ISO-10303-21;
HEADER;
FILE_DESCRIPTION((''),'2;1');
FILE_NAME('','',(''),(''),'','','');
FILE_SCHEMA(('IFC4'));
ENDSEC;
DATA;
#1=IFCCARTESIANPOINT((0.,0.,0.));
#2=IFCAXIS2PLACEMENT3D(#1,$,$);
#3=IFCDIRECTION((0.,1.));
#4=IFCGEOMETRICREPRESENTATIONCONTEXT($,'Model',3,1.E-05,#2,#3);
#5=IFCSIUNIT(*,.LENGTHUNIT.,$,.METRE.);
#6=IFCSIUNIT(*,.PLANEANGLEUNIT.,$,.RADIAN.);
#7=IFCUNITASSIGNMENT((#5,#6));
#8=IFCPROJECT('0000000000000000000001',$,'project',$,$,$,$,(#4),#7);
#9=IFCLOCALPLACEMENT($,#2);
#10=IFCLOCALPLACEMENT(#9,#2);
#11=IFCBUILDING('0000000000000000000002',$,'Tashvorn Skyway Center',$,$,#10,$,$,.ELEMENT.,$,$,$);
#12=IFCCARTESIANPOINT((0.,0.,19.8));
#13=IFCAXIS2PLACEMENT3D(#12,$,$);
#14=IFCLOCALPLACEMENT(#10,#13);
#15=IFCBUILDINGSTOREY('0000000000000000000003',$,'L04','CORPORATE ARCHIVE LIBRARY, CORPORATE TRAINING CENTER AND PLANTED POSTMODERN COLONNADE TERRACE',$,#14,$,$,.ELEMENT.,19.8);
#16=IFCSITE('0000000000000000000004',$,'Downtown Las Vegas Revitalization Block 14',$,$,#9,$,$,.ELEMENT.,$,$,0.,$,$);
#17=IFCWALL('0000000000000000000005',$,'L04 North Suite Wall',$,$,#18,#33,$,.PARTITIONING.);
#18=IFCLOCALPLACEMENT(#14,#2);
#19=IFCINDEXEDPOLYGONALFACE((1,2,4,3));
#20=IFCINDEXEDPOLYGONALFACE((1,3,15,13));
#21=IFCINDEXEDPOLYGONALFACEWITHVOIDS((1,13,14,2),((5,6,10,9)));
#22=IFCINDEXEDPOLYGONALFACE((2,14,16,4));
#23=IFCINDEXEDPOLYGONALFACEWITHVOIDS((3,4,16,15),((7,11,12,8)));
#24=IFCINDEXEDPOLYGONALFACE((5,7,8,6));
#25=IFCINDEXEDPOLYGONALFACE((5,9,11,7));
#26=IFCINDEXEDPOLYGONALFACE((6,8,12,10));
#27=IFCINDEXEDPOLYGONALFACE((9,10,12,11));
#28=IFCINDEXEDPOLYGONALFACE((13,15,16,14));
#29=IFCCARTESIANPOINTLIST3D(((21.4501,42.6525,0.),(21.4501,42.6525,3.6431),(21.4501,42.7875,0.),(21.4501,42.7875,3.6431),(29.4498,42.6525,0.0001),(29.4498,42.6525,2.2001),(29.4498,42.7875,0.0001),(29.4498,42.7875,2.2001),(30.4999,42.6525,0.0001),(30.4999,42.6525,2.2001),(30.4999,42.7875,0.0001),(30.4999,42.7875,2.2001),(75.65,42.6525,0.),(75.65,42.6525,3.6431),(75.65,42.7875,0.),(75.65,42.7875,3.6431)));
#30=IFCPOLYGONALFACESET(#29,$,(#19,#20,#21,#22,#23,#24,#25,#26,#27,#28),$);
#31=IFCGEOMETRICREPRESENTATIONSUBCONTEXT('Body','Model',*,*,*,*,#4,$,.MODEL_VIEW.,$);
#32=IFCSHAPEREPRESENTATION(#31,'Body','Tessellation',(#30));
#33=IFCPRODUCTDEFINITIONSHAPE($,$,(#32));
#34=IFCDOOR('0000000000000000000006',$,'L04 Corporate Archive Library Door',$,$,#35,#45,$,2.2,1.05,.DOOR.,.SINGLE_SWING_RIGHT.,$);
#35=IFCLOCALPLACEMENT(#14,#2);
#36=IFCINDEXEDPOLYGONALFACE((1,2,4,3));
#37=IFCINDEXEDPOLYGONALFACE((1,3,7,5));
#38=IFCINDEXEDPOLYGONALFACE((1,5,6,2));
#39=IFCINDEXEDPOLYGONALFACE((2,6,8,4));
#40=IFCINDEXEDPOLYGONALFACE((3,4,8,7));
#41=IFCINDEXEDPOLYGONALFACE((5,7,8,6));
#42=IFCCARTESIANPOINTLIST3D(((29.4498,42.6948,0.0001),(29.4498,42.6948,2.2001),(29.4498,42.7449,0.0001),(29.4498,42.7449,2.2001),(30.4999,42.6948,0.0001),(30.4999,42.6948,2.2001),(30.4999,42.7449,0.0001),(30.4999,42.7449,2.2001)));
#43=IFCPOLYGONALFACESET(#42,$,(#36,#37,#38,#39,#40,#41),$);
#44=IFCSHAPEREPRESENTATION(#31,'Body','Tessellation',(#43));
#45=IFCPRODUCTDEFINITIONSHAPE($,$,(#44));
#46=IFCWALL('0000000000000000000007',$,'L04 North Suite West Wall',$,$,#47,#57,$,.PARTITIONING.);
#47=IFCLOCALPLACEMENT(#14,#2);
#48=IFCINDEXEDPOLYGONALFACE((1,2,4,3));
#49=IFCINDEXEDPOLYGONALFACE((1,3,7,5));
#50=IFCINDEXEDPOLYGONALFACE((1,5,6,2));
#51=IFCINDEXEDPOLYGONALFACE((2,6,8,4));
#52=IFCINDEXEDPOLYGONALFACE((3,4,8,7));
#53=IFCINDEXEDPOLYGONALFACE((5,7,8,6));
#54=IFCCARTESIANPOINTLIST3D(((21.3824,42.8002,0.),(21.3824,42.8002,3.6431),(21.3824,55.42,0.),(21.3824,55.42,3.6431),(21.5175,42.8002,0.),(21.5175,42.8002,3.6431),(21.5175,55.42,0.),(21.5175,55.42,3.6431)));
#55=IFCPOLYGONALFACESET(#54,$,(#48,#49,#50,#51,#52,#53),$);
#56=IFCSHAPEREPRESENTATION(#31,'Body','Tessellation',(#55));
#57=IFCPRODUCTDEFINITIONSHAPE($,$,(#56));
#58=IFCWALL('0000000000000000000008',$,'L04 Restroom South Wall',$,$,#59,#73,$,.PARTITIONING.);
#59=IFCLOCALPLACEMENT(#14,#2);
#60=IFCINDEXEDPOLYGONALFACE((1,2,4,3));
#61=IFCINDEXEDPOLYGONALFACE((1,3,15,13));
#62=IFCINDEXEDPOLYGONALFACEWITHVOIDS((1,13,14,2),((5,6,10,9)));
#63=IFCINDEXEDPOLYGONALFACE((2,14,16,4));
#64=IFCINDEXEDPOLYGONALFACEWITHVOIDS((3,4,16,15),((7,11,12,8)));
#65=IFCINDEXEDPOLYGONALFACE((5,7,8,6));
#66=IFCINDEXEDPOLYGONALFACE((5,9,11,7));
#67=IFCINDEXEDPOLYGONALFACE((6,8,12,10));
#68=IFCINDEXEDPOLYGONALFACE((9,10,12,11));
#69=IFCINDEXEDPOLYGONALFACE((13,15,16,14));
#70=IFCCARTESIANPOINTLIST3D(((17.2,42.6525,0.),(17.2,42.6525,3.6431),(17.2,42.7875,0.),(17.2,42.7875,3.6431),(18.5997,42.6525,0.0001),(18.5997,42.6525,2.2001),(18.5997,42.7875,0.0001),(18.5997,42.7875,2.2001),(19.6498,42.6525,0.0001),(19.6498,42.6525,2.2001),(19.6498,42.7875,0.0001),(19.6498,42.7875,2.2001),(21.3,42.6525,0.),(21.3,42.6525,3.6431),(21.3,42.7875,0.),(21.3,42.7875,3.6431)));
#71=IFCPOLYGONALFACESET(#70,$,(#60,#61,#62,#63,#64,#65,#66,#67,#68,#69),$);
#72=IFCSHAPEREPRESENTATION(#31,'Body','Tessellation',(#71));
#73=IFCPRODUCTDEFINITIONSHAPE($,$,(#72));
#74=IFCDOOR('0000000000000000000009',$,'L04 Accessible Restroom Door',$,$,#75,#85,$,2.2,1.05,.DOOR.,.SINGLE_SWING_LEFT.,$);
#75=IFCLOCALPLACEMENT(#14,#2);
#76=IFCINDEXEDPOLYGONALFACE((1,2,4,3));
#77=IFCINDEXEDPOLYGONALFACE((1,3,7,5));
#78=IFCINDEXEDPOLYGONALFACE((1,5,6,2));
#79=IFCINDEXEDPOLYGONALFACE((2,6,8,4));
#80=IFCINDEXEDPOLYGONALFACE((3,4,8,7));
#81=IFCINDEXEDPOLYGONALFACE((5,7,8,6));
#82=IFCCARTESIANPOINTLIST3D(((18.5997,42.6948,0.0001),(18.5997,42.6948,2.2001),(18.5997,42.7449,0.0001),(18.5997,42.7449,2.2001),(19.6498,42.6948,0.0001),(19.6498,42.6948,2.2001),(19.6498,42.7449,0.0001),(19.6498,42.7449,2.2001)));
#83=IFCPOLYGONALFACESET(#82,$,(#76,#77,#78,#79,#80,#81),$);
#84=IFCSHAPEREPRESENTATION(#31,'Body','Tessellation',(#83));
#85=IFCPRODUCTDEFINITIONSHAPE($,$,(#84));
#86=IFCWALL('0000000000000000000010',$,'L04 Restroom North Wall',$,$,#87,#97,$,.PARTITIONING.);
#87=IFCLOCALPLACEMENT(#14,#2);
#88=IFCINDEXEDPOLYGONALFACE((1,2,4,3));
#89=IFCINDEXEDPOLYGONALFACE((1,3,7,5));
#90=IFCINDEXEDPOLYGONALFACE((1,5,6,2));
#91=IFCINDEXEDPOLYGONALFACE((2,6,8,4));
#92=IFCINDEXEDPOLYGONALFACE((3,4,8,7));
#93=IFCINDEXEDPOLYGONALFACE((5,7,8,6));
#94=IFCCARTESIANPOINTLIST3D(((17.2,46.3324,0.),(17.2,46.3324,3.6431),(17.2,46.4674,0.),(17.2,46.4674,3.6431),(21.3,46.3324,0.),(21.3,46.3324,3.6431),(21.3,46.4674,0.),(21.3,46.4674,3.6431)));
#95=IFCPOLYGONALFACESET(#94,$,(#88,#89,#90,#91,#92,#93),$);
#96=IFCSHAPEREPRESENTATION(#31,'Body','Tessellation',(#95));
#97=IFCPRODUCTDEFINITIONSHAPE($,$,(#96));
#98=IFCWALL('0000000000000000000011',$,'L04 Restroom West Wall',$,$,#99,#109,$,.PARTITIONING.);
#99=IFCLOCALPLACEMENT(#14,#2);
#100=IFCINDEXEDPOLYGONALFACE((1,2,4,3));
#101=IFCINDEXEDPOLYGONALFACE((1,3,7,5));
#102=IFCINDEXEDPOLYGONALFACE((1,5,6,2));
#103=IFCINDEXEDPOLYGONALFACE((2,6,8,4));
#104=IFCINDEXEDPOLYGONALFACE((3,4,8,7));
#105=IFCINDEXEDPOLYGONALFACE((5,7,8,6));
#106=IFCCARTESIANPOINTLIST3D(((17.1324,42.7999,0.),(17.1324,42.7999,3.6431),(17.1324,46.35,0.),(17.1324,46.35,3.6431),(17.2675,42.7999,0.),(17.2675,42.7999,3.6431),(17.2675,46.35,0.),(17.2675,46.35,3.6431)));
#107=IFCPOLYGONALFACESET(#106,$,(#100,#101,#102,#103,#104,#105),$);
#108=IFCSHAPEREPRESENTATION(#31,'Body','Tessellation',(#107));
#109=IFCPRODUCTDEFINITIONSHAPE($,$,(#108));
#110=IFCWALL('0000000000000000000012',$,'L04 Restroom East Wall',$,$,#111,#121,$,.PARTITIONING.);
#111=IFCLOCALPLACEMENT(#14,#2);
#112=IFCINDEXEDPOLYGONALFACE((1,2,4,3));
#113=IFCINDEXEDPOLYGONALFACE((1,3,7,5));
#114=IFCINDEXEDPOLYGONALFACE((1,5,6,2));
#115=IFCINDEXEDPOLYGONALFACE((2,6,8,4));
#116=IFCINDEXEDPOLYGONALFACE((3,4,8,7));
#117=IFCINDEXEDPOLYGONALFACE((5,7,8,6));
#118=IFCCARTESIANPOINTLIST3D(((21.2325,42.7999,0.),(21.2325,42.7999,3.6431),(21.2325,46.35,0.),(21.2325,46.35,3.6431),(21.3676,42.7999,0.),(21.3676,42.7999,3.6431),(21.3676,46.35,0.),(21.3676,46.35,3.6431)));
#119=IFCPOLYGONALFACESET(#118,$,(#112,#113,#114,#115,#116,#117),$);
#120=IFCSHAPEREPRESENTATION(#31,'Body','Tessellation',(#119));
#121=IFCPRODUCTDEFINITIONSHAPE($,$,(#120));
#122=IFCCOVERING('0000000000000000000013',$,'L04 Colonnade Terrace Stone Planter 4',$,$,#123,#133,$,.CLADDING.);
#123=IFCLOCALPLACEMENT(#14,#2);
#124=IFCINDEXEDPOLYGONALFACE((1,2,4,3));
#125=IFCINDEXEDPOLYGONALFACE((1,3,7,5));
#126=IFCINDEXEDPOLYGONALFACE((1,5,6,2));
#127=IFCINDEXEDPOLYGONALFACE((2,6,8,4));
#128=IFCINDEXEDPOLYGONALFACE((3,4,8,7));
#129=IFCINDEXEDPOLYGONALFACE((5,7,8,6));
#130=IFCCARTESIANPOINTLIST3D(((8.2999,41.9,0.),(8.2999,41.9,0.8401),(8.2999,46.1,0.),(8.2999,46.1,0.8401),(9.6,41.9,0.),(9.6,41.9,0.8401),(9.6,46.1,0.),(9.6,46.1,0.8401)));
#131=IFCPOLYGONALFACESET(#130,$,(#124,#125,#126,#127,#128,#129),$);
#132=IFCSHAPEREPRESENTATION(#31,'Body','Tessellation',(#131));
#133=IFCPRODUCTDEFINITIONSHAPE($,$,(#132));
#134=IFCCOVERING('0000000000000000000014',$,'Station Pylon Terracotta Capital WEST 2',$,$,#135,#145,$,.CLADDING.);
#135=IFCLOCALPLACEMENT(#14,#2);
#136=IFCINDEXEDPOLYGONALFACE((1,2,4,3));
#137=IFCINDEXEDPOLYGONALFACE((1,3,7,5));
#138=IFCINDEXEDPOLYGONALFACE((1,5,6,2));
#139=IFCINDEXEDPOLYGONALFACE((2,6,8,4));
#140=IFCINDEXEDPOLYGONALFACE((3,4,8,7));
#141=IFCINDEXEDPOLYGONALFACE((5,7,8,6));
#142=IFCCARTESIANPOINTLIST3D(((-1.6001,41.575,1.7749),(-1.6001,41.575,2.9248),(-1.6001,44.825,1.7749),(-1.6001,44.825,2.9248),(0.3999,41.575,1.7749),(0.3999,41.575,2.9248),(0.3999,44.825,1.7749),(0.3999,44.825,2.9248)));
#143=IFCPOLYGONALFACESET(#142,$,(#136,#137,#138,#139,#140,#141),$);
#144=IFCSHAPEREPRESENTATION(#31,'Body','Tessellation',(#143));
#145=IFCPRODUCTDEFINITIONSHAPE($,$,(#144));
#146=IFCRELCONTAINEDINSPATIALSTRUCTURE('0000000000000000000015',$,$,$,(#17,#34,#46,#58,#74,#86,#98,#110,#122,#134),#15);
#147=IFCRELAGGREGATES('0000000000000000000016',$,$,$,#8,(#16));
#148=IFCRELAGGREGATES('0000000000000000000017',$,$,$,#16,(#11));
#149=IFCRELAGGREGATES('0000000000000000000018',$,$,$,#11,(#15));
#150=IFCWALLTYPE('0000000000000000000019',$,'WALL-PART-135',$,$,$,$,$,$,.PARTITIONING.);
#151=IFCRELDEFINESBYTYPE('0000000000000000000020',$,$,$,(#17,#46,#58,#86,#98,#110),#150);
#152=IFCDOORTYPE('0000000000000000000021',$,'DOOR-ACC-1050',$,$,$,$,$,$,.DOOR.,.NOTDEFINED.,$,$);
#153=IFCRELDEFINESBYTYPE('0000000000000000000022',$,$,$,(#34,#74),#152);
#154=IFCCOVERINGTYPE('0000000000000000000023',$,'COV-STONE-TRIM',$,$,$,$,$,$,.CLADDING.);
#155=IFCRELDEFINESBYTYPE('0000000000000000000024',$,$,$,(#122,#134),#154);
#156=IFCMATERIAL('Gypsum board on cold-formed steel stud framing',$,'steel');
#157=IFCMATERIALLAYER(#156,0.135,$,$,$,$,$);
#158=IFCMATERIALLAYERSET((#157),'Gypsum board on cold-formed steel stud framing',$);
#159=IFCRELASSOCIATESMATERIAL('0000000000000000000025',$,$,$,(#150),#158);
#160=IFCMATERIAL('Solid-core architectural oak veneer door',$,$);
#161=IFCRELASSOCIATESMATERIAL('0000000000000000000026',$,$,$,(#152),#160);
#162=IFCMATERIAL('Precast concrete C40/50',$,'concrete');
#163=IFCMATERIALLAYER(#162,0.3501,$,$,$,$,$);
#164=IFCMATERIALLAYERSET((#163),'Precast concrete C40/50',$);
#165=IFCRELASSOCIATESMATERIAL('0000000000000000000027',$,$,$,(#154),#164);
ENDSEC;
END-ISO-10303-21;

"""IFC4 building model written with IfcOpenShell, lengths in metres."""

from ifc_helpers import new_model, si_unit, direction, frame, frame_2d, origin, origin_2d, place, context, subcontext, project, spatial, rectangle, extrude, material, layer, layer_set, type_object, element, fill, save


model = new_model("IFC4")

# Units and contexts
model_context = context("Model", 3, precision=1e-05, world=origin(), true_north=direction((0.0, 1.0)))
body_context = subcontext(model_context, "Body", "Model", "MODEL_VIEW")
ifc_project = project(units=[si_unit("LENGTHUNIT", "METRE"), si_unit("PLANEANGLEUNIT", "RADIAN")], contexts=[model_context])

# Site, building, storey
site_placement = place(None, origin())
site = spatial("IfcSite", under=ifc_project, at=site_placement, Name="Downtown Las Vegas Revitalization Block 14", CompositionType="ELEMENT", RefElevation=0.0)
building_placement = place(site_placement, origin())
building = spatial("IfcBuilding", under=site, at=building_placement, Name="Tashvorn Skyway Center", CompositionType="ELEMENT")
storey_placement = place(building_placement, frame((0.0, 0.0, 19.8)))
storey = spatial("IfcBuildingStorey", under=building, at=storey_placement, Name="L04", Description="CORPORATE ARCHIVE LIBRARY, CORPORATE TRAINING CENTER AND PLANTED POSTMODERN COLONNADE TERRACE", CompositionType="ELEMENT", Elevation=19.8)

# Shared definitions
ifc_material_1 = material(Name="Precast concrete C40/50", Category="concrete")

# Wall, opening, door
ifc_material_2 = material(Name="Gypsum board on cold-formed steel stud framing", Category="steel")
ifc_layer_1 = layer(ifc_material_2, 0.135)
ifc_layer_set_1 = layer_set([ifc_layer_1], Name="Gypsum board on cold-formed steel stud framing")
wall_type_1 = type_object("IfcWallType", Name="WALL-PART-135", PredefinedType="PARTITIONING", material=ifc_layer_set_1)
wall_1_placement = place(storey_placement, frame((21.45, 42.72, 0.0), z_axis=(0.0, 0.0, 1.0), x_axis=(1.0, 0.0, 0.0)))
wall_1 = element("IfcWall", 1, at=wall_1_placement, inside=storey, type_object=wall_type_1, Name="L04 North Suite Wall", PredefinedType="PARTITIONING", context=body_context, shape_type="SweptSolid", body=[
    extrude(rectangle(XDim=54.2, YDim=0.135, at=frame_2d((27.1001, 0.0))), origin(), (0.0, 0.0, 1.0), 3.6431),
])
opening_1_placement = place(wall_1_placement, frame((8.0, 0.0, 0.0)))
opening_1 = element("IfcOpeningElement", 2, at=opening_1_placement, cuts=wall_1, PredefinedType="OPENING", context=body_context, shape_type="SweptSolid", body=[
    extrude(rectangle(XDim=1.05, YDim=2.2, at=frame_2d((0.5249, 1.1001))), frame((0.0, 0.0774, 0.0), z_axis=(0.0, -1.0, 0.0), x_axis=(1.0, 0.0, 0.0)), (0.0, 0.0, 1.0), 0.155),
])
ifc_material_3 = material(Name="Solid-core architectural oak veneer door")
door_type = type_object("IfcDoorType", Name="DOOR-ACC-1050", OperationType="NOTDEFINED", PredefinedType="DOOR", material=ifc_material_3)
door_1_placement = place(opening_1_placement, origin())
door_1 = element("IfcDoor", 3, at=door_1_placement, inside=storey, type_object=door_type, Name="L04 Corporate Archive Library Door", OperationType="SINGLE_SWING_RIGHT", OverallHeight=2.2, OverallWidth=1.05, PredefinedType="DOOR", context=body_context, shape_type="SweptSolid", body=[
    extrude(rectangle(XDim=1.05, YDim=2.2, at=frame_2d((0.5249, 1.1001))), frame((0.0, 0.0249, 0.0), z_axis=(0.0, -1.0, 0.0), x_axis=(1.0, 0.0, 0.0)), (0.0, 0.0, 1.0), 0.05),
])
fill(opening_1, door_1)

# Wall
wall_2_placement = place(storey_placement, frame((21.45, 42.8, 0.0), z_axis=(0.0, 0.0, 1.0), x_axis=(0.0, 1.0, 0.0)))
element("IfcWall", 4, at=wall_2_placement, inside=storey, type_object=wall_type_1, Name="L04 North Suite West Wall", PredefinedType="PARTITIONING", context=body_context, shape_type="SweptSolid", body=[
    extrude(rectangle(XDim=12.6199, YDim=0.135, at=frame_2d((6.3101, 0.0))), origin(), (0.0, 0.0, 1.0), 3.6431),
])

# Wall, opening, door
wall_3_placement = place(storey_placement, frame((17.2, 42.72, 0.0), z_axis=(0.0, 0.0, 1.0), x_axis=(1.0, 0.0, 0.0)))
wall_3 = element("IfcWall", 5, at=wall_3_placement, inside=storey, type_object=wall_type_1, Name="L04 Restroom South Wall", PredefinedType="PARTITIONING", context=body_context, shape_type="SweptSolid", body=[
    extrude(rectangle(XDim=4.1001, YDim=0.135, at=frame_2d((2.05, 0.0))), origin(), (0.0, 0.0, 1.0), 3.6431),
])
opening_2_placement = place(wall_3_placement, frame((1.3999, 0.0, 0.0)))
opening_2 = element("IfcOpeningElement", 6, at=opening_2_placement, cuts=wall_3, PredefinedType="OPENING", context=body_context, shape_type="SweptSolid", body=[
    extrude(rectangle(XDim=1.05, YDim=2.2, at=frame_2d((0.5249, 1.1001))), frame((0.0, 0.0774, 0.0), z_axis=(0.0, -1.0, 0.0), x_axis=(1.0, 0.0, 0.0)), (0.0, 0.0, 1.0), 0.155),
])
door_2_placement = place(opening_2_placement, origin())
door_2 = element("IfcDoor", 7, at=door_2_placement, inside=storey, type_object=door_type, Name="L04 Accessible Restroom Door", OperationType="SINGLE_SWING_LEFT", OverallHeight=2.2, OverallWidth=1.05, PredefinedType="DOOR", context=body_context, shape_type="SweptSolid", body=[
    extrude(rectangle(XDim=1.05, YDim=2.2, at=frame_2d((0.5249, 1.1001))), frame((0.0, 0.0249, 0.0), z_axis=(0.0, -1.0, 0.0), x_axis=(1.0, 0.0, 0.0)), (0.0, 0.0, 1.0), 0.05),
])
fill(opening_2, door_2)

# Walls
wall_4_placement = place(storey_placement, frame((17.2, 46.3999, 0.0), z_axis=(0.0, 0.0, 1.0), x_axis=(1.0, 0.0, 0.0)))
element("IfcWall", 8, at=wall_4_placement, inside=storey, type_object=wall_type_1, Name="L04 Restroom North Wall", PredefinedType="PARTITIONING", context=body_context, shape_type="SweptSolid", body=[
    extrude(rectangle(XDim=4.1001, YDim=0.135, at=frame_2d((2.05, 0.0))), origin(), (0.0, 0.0, 1.0), 3.6431),
])
for number, where, z_axis, x_axis, name in (
    (9, (17.2, 42.8, 0.0), (0.0, 0.0, 1.0), (0.0, 1.0, 0.0), "L04 Restroom West Wall"),
    (10, (21.3, 42.8, 0.0), (0.0, 0.0, 1.0), (0.0, 1.0, 0.0), "L04 Restroom East Wall"),
):
    element("IfcWall", number, at=place(storey_placement, frame(where, z_axis=z_axis, x_axis=x_axis)), inside=storey, type_object=wall_type_1, Name=name, PredefinedType="PARTITIONING", context=body_context, shape_type="SweptSolid", body=[
        extrude(rectangle(XDim=3.55, YDim=0.135, at=frame_2d((1.7749, 0.0))), origin(), (0.0, 0.0, 1.0), 3.6431),
    ])

# Coverings
ifc_layer_2 = layer(ifc_material_1, 0.3501)
ifc_layer_set_2 = layer_set([ifc_layer_2], Name="Precast concrete C40/50")
covering_type = type_object("IfcCoveringType", Name="COV-STONE-TRIM", PredefinedType="CLADDING", material=ifc_layer_set_2)
covering_1_placement = place(storey_placement, frame((8.95, 44.0, 0.0), z_axis=(0.0, 0.0, 1.0), x_axis=(1.0, 0.0, 0.0)))
element("IfcCovering", 11, at=covering_1_placement, inside=storey, type_object=covering_type, Name="L04 Colonnade Terrace Stone Planter 4", PredefinedType="CLADDING", context=body_context, shape_type="SweptSolid", body=[
    extrude(rectangle(XDim=1.3, YDim=4.2, at=origin_2d()), origin(), (0.0, 0.0, 1.0), 0.8401),
])
covering_2_placement = place(storey_placement, frame((-0.6001, 43.2, 1.7749), z_axis=(0.0, 0.0, 1.0), x_axis=(1.0, 0.0, 0.0)))
element("IfcCovering", 12, at=covering_2_placement, inside=storey, type_object=covering_type, Name="Station Pylon Terracotta Capital WEST 2", PredefinedType="CLADDING", context=body_context, shape_type="SweptSolid", body=[
    extrude(rectangle(XDim=2.0, YDim=3.25, at=origin_2d()), origin(), (0.0, 0.0, 1.0), 1.1499),
])

save(model, "model.ifc")
